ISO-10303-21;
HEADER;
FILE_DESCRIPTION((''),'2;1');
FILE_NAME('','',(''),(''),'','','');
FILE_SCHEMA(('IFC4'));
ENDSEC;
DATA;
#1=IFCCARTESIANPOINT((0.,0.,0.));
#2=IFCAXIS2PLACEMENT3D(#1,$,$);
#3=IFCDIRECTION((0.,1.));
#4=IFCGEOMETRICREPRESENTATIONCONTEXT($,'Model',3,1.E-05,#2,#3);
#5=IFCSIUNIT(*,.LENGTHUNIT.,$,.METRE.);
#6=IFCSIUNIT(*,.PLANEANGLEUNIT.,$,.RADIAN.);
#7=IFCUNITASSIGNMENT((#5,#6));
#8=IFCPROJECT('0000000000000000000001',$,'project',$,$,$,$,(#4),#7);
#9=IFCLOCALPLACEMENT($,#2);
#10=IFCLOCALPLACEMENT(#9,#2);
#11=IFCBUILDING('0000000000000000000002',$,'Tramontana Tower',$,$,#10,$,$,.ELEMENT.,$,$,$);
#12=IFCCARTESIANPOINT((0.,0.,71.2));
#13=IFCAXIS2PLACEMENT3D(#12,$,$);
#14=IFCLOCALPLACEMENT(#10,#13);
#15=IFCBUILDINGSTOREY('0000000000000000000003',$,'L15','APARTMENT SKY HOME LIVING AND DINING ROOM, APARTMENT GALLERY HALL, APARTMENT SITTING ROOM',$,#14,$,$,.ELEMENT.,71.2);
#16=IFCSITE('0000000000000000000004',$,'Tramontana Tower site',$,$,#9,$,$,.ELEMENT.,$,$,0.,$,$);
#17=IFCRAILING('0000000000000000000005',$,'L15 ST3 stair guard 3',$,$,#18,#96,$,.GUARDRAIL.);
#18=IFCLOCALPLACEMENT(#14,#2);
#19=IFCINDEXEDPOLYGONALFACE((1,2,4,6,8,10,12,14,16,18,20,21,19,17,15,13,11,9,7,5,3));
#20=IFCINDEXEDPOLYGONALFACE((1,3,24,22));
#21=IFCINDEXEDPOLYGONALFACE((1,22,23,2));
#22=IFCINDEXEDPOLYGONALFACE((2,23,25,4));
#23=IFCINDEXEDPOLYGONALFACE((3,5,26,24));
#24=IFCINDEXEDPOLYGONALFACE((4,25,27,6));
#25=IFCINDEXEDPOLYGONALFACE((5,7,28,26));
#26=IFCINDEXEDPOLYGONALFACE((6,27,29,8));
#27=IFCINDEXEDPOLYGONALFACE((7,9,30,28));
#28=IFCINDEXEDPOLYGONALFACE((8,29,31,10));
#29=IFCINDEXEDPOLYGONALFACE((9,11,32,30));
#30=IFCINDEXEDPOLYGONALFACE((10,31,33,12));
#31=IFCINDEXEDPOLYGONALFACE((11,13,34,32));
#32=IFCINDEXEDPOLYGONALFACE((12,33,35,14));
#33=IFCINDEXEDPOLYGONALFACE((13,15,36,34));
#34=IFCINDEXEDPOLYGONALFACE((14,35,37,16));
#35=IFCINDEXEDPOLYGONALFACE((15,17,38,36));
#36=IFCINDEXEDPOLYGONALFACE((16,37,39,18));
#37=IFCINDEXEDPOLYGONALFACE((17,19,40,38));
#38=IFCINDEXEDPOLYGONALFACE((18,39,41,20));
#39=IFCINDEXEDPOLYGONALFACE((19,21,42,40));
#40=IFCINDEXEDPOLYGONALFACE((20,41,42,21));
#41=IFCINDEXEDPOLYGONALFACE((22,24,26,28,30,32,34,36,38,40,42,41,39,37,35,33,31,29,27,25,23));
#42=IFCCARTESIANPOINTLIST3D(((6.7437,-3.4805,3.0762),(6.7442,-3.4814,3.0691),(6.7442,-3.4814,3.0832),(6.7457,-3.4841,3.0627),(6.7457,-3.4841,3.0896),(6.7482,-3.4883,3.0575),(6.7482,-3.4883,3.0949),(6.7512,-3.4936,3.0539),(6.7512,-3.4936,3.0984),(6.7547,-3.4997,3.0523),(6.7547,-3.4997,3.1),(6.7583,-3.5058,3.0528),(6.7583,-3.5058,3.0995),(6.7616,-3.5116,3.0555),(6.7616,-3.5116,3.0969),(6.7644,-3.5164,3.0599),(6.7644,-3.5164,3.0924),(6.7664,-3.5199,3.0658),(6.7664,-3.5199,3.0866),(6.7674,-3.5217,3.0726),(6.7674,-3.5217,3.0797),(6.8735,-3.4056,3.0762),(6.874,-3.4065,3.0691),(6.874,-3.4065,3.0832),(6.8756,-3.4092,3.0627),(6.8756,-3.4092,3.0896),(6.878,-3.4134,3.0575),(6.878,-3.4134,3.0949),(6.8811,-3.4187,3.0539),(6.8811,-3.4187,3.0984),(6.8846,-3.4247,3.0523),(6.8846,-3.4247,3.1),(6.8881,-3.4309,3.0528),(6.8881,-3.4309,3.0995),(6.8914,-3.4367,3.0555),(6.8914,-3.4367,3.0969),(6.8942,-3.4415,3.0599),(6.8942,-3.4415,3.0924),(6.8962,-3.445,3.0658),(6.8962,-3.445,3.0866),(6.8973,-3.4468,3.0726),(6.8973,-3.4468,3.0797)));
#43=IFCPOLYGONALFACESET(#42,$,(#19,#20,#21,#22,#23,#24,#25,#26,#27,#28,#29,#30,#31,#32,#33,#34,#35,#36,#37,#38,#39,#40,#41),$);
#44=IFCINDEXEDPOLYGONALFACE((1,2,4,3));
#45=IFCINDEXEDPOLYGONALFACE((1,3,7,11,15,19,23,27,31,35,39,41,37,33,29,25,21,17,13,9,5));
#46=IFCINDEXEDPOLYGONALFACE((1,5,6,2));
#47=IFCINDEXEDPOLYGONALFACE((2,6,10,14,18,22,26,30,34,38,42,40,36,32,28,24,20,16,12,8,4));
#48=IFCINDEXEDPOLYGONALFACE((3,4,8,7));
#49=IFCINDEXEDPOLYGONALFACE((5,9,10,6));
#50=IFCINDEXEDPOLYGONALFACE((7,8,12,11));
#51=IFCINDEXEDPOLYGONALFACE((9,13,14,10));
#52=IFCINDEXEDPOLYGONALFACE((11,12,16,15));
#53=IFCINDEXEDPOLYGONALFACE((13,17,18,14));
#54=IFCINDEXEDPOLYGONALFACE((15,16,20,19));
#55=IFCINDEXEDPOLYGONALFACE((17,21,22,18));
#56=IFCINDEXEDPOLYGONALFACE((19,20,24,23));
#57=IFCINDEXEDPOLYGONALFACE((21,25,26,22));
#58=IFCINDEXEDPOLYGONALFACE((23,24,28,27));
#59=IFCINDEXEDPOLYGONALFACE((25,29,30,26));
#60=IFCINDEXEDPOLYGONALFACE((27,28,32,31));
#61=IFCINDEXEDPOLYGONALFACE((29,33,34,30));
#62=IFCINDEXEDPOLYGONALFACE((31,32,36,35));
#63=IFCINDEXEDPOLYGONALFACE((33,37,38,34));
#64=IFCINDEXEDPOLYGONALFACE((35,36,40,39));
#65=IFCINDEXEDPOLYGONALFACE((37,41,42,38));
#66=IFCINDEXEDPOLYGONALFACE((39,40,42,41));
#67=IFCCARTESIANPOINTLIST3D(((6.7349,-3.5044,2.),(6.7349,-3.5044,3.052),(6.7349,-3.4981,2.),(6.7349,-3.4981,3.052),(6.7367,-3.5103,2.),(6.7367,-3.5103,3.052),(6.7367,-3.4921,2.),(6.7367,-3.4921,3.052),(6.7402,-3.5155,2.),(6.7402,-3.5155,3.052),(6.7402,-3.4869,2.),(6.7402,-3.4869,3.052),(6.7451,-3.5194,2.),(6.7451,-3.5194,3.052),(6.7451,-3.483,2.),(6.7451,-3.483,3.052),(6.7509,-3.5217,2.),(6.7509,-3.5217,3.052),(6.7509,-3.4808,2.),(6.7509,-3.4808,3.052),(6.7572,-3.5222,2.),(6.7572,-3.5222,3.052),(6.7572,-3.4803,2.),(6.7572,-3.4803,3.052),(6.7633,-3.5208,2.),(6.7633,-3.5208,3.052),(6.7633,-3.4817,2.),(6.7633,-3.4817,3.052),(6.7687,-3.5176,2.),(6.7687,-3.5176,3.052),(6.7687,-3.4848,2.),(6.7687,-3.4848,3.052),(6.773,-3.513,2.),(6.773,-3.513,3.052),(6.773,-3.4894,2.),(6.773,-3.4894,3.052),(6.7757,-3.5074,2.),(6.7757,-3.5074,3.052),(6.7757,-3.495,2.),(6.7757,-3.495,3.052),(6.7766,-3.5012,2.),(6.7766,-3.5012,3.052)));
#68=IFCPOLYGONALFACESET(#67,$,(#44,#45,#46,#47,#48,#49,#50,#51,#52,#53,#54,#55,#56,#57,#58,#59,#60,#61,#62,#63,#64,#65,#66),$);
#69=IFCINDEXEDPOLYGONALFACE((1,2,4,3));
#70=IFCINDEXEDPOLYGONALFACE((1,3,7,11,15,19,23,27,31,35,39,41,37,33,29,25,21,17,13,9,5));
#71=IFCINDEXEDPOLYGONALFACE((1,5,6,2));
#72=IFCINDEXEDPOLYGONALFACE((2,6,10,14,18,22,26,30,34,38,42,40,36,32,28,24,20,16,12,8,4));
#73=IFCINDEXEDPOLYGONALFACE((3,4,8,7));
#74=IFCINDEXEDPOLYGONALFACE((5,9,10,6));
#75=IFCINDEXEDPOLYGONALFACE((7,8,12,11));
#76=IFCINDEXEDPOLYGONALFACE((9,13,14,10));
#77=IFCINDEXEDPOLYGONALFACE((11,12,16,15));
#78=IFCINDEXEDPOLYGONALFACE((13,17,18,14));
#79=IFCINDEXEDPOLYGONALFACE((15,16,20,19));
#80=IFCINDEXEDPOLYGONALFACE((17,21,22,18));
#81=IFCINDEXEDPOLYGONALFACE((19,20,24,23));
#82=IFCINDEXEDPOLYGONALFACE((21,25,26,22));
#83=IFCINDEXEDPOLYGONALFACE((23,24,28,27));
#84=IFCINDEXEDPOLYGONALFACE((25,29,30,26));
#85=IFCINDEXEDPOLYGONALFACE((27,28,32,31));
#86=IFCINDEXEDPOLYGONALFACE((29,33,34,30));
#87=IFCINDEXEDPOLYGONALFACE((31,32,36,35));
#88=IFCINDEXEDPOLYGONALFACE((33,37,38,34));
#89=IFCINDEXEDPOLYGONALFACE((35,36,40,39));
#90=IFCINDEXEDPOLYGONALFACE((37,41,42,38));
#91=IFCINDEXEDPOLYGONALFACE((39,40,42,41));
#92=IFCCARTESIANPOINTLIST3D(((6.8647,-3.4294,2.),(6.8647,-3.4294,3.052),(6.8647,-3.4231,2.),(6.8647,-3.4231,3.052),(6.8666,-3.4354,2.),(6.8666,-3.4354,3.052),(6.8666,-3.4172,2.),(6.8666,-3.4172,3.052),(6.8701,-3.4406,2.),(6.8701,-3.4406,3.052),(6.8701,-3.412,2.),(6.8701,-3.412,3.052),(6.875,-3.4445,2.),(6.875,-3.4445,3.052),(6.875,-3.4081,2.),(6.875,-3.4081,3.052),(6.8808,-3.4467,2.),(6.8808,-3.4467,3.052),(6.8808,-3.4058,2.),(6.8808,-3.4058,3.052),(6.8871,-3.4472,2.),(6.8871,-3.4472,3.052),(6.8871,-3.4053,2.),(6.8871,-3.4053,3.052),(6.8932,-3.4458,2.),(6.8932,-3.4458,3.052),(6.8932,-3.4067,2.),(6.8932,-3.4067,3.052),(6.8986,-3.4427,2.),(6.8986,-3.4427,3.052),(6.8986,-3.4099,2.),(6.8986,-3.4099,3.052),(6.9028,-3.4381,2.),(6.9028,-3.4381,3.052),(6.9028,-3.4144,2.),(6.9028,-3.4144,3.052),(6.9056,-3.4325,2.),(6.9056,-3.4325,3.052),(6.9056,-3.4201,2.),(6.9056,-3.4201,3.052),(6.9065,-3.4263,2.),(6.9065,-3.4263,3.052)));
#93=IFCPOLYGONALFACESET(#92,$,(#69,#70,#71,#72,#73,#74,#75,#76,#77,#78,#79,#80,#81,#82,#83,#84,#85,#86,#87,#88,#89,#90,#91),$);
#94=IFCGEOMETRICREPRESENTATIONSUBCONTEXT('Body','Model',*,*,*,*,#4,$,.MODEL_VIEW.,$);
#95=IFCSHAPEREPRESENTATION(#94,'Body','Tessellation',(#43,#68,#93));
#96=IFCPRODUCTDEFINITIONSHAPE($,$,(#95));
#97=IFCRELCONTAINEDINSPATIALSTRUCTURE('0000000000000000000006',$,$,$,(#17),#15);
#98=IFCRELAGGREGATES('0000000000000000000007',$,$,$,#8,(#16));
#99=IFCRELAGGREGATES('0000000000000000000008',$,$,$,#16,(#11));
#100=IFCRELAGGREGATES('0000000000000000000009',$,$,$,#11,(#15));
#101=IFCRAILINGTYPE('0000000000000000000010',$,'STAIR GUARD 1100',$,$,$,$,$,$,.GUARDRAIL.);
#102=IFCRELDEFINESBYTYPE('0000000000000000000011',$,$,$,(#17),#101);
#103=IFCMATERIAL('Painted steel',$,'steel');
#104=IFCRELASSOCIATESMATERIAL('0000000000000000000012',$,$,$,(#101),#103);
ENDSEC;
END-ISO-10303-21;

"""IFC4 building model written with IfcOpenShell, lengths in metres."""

from ifc_helpers import new_model, si_unit, direction, frame, origin, origin_2d, place, context, subcontext, project, spatial, circle, extrude, material, type_object, element, save


model = new_model("IFC4")

# Units and contexts
model_context = context("Model", 3, precision=1e-05, world=origin(), true_north=direction((0.0, 1.0)))
body_context = subcontext(model_context, "Body", "Model", "MODEL_VIEW")
ifc_project = project(units=[si_unit("LENGTHUNIT", "METRE"), si_unit("PLANEANGLEUNIT", "RADIAN")], contexts=[model_context])

# Site, building, storey
site_placement = place(None, origin())
site = spatial("IfcSite", under=ifc_project, at=site_placement, Name="Tramontana Tower site", CompositionType="ELEMENT", RefElevation=0.0)
building_placement = place(site_placement, origin())
building = spatial("IfcBuilding", under=site, at=building_placement, Name="Tramontana Tower", CompositionType="ELEMENT")
storey_placement = place(building_placement, frame((0.0, 0.0, 71.2)))
storey = spatial("IfcBuildingStorey", under=building, at=storey_placement, Name="L15", Description="APARTMENT SKY HOME LIVING AND DINING ROOM, APARTMENT GALLERY HALL, APARTMENT SITTING ROOM", CompositionType="ELEMENT", Elevation=71.2)

# Railing
ifc_material_1 = material(Name="Painted steel", Category="steel")
railing_type_1 = type_object("IfcRailingType", Name="STAIR GUARD 1100", PredefinedType="GUARDRAIL", material=ifc_material_1)
railing_1_placement = place(storey_placement, frame((6.7556, -3.5012, 2.0)))
element("IfcRailing", 1, at=railing_1_placement, inside=storey, type_object=railing_type_1, Name="L15 ST3 stair guard 3", PredefinedType="GUARDRAIL", context=body_context, shape_type="SweptSolid", body=[
    extrude(circle(Radius=0.0239, at=origin_2d()), frame((0.0, 0.0, 1.0762), z_axis=(0.866131, 0.499816, 0.0), x_axis=(-0.499816, 0.866131, 0.0)), (0.0, 0.0, 1.0), 0.1499),
    extrude(circle(Radius=0.021, at=origin_2d()), origin(), (0.0, 0.0, 1.0), 1.052),
    extrude(circle(Radius=0.021, at=origin_2d()), frame((0.1299, 0.075, 0.0)), (0.0, 0.0, 1.0), 1.052),
])

save(model, "model.ifc")
